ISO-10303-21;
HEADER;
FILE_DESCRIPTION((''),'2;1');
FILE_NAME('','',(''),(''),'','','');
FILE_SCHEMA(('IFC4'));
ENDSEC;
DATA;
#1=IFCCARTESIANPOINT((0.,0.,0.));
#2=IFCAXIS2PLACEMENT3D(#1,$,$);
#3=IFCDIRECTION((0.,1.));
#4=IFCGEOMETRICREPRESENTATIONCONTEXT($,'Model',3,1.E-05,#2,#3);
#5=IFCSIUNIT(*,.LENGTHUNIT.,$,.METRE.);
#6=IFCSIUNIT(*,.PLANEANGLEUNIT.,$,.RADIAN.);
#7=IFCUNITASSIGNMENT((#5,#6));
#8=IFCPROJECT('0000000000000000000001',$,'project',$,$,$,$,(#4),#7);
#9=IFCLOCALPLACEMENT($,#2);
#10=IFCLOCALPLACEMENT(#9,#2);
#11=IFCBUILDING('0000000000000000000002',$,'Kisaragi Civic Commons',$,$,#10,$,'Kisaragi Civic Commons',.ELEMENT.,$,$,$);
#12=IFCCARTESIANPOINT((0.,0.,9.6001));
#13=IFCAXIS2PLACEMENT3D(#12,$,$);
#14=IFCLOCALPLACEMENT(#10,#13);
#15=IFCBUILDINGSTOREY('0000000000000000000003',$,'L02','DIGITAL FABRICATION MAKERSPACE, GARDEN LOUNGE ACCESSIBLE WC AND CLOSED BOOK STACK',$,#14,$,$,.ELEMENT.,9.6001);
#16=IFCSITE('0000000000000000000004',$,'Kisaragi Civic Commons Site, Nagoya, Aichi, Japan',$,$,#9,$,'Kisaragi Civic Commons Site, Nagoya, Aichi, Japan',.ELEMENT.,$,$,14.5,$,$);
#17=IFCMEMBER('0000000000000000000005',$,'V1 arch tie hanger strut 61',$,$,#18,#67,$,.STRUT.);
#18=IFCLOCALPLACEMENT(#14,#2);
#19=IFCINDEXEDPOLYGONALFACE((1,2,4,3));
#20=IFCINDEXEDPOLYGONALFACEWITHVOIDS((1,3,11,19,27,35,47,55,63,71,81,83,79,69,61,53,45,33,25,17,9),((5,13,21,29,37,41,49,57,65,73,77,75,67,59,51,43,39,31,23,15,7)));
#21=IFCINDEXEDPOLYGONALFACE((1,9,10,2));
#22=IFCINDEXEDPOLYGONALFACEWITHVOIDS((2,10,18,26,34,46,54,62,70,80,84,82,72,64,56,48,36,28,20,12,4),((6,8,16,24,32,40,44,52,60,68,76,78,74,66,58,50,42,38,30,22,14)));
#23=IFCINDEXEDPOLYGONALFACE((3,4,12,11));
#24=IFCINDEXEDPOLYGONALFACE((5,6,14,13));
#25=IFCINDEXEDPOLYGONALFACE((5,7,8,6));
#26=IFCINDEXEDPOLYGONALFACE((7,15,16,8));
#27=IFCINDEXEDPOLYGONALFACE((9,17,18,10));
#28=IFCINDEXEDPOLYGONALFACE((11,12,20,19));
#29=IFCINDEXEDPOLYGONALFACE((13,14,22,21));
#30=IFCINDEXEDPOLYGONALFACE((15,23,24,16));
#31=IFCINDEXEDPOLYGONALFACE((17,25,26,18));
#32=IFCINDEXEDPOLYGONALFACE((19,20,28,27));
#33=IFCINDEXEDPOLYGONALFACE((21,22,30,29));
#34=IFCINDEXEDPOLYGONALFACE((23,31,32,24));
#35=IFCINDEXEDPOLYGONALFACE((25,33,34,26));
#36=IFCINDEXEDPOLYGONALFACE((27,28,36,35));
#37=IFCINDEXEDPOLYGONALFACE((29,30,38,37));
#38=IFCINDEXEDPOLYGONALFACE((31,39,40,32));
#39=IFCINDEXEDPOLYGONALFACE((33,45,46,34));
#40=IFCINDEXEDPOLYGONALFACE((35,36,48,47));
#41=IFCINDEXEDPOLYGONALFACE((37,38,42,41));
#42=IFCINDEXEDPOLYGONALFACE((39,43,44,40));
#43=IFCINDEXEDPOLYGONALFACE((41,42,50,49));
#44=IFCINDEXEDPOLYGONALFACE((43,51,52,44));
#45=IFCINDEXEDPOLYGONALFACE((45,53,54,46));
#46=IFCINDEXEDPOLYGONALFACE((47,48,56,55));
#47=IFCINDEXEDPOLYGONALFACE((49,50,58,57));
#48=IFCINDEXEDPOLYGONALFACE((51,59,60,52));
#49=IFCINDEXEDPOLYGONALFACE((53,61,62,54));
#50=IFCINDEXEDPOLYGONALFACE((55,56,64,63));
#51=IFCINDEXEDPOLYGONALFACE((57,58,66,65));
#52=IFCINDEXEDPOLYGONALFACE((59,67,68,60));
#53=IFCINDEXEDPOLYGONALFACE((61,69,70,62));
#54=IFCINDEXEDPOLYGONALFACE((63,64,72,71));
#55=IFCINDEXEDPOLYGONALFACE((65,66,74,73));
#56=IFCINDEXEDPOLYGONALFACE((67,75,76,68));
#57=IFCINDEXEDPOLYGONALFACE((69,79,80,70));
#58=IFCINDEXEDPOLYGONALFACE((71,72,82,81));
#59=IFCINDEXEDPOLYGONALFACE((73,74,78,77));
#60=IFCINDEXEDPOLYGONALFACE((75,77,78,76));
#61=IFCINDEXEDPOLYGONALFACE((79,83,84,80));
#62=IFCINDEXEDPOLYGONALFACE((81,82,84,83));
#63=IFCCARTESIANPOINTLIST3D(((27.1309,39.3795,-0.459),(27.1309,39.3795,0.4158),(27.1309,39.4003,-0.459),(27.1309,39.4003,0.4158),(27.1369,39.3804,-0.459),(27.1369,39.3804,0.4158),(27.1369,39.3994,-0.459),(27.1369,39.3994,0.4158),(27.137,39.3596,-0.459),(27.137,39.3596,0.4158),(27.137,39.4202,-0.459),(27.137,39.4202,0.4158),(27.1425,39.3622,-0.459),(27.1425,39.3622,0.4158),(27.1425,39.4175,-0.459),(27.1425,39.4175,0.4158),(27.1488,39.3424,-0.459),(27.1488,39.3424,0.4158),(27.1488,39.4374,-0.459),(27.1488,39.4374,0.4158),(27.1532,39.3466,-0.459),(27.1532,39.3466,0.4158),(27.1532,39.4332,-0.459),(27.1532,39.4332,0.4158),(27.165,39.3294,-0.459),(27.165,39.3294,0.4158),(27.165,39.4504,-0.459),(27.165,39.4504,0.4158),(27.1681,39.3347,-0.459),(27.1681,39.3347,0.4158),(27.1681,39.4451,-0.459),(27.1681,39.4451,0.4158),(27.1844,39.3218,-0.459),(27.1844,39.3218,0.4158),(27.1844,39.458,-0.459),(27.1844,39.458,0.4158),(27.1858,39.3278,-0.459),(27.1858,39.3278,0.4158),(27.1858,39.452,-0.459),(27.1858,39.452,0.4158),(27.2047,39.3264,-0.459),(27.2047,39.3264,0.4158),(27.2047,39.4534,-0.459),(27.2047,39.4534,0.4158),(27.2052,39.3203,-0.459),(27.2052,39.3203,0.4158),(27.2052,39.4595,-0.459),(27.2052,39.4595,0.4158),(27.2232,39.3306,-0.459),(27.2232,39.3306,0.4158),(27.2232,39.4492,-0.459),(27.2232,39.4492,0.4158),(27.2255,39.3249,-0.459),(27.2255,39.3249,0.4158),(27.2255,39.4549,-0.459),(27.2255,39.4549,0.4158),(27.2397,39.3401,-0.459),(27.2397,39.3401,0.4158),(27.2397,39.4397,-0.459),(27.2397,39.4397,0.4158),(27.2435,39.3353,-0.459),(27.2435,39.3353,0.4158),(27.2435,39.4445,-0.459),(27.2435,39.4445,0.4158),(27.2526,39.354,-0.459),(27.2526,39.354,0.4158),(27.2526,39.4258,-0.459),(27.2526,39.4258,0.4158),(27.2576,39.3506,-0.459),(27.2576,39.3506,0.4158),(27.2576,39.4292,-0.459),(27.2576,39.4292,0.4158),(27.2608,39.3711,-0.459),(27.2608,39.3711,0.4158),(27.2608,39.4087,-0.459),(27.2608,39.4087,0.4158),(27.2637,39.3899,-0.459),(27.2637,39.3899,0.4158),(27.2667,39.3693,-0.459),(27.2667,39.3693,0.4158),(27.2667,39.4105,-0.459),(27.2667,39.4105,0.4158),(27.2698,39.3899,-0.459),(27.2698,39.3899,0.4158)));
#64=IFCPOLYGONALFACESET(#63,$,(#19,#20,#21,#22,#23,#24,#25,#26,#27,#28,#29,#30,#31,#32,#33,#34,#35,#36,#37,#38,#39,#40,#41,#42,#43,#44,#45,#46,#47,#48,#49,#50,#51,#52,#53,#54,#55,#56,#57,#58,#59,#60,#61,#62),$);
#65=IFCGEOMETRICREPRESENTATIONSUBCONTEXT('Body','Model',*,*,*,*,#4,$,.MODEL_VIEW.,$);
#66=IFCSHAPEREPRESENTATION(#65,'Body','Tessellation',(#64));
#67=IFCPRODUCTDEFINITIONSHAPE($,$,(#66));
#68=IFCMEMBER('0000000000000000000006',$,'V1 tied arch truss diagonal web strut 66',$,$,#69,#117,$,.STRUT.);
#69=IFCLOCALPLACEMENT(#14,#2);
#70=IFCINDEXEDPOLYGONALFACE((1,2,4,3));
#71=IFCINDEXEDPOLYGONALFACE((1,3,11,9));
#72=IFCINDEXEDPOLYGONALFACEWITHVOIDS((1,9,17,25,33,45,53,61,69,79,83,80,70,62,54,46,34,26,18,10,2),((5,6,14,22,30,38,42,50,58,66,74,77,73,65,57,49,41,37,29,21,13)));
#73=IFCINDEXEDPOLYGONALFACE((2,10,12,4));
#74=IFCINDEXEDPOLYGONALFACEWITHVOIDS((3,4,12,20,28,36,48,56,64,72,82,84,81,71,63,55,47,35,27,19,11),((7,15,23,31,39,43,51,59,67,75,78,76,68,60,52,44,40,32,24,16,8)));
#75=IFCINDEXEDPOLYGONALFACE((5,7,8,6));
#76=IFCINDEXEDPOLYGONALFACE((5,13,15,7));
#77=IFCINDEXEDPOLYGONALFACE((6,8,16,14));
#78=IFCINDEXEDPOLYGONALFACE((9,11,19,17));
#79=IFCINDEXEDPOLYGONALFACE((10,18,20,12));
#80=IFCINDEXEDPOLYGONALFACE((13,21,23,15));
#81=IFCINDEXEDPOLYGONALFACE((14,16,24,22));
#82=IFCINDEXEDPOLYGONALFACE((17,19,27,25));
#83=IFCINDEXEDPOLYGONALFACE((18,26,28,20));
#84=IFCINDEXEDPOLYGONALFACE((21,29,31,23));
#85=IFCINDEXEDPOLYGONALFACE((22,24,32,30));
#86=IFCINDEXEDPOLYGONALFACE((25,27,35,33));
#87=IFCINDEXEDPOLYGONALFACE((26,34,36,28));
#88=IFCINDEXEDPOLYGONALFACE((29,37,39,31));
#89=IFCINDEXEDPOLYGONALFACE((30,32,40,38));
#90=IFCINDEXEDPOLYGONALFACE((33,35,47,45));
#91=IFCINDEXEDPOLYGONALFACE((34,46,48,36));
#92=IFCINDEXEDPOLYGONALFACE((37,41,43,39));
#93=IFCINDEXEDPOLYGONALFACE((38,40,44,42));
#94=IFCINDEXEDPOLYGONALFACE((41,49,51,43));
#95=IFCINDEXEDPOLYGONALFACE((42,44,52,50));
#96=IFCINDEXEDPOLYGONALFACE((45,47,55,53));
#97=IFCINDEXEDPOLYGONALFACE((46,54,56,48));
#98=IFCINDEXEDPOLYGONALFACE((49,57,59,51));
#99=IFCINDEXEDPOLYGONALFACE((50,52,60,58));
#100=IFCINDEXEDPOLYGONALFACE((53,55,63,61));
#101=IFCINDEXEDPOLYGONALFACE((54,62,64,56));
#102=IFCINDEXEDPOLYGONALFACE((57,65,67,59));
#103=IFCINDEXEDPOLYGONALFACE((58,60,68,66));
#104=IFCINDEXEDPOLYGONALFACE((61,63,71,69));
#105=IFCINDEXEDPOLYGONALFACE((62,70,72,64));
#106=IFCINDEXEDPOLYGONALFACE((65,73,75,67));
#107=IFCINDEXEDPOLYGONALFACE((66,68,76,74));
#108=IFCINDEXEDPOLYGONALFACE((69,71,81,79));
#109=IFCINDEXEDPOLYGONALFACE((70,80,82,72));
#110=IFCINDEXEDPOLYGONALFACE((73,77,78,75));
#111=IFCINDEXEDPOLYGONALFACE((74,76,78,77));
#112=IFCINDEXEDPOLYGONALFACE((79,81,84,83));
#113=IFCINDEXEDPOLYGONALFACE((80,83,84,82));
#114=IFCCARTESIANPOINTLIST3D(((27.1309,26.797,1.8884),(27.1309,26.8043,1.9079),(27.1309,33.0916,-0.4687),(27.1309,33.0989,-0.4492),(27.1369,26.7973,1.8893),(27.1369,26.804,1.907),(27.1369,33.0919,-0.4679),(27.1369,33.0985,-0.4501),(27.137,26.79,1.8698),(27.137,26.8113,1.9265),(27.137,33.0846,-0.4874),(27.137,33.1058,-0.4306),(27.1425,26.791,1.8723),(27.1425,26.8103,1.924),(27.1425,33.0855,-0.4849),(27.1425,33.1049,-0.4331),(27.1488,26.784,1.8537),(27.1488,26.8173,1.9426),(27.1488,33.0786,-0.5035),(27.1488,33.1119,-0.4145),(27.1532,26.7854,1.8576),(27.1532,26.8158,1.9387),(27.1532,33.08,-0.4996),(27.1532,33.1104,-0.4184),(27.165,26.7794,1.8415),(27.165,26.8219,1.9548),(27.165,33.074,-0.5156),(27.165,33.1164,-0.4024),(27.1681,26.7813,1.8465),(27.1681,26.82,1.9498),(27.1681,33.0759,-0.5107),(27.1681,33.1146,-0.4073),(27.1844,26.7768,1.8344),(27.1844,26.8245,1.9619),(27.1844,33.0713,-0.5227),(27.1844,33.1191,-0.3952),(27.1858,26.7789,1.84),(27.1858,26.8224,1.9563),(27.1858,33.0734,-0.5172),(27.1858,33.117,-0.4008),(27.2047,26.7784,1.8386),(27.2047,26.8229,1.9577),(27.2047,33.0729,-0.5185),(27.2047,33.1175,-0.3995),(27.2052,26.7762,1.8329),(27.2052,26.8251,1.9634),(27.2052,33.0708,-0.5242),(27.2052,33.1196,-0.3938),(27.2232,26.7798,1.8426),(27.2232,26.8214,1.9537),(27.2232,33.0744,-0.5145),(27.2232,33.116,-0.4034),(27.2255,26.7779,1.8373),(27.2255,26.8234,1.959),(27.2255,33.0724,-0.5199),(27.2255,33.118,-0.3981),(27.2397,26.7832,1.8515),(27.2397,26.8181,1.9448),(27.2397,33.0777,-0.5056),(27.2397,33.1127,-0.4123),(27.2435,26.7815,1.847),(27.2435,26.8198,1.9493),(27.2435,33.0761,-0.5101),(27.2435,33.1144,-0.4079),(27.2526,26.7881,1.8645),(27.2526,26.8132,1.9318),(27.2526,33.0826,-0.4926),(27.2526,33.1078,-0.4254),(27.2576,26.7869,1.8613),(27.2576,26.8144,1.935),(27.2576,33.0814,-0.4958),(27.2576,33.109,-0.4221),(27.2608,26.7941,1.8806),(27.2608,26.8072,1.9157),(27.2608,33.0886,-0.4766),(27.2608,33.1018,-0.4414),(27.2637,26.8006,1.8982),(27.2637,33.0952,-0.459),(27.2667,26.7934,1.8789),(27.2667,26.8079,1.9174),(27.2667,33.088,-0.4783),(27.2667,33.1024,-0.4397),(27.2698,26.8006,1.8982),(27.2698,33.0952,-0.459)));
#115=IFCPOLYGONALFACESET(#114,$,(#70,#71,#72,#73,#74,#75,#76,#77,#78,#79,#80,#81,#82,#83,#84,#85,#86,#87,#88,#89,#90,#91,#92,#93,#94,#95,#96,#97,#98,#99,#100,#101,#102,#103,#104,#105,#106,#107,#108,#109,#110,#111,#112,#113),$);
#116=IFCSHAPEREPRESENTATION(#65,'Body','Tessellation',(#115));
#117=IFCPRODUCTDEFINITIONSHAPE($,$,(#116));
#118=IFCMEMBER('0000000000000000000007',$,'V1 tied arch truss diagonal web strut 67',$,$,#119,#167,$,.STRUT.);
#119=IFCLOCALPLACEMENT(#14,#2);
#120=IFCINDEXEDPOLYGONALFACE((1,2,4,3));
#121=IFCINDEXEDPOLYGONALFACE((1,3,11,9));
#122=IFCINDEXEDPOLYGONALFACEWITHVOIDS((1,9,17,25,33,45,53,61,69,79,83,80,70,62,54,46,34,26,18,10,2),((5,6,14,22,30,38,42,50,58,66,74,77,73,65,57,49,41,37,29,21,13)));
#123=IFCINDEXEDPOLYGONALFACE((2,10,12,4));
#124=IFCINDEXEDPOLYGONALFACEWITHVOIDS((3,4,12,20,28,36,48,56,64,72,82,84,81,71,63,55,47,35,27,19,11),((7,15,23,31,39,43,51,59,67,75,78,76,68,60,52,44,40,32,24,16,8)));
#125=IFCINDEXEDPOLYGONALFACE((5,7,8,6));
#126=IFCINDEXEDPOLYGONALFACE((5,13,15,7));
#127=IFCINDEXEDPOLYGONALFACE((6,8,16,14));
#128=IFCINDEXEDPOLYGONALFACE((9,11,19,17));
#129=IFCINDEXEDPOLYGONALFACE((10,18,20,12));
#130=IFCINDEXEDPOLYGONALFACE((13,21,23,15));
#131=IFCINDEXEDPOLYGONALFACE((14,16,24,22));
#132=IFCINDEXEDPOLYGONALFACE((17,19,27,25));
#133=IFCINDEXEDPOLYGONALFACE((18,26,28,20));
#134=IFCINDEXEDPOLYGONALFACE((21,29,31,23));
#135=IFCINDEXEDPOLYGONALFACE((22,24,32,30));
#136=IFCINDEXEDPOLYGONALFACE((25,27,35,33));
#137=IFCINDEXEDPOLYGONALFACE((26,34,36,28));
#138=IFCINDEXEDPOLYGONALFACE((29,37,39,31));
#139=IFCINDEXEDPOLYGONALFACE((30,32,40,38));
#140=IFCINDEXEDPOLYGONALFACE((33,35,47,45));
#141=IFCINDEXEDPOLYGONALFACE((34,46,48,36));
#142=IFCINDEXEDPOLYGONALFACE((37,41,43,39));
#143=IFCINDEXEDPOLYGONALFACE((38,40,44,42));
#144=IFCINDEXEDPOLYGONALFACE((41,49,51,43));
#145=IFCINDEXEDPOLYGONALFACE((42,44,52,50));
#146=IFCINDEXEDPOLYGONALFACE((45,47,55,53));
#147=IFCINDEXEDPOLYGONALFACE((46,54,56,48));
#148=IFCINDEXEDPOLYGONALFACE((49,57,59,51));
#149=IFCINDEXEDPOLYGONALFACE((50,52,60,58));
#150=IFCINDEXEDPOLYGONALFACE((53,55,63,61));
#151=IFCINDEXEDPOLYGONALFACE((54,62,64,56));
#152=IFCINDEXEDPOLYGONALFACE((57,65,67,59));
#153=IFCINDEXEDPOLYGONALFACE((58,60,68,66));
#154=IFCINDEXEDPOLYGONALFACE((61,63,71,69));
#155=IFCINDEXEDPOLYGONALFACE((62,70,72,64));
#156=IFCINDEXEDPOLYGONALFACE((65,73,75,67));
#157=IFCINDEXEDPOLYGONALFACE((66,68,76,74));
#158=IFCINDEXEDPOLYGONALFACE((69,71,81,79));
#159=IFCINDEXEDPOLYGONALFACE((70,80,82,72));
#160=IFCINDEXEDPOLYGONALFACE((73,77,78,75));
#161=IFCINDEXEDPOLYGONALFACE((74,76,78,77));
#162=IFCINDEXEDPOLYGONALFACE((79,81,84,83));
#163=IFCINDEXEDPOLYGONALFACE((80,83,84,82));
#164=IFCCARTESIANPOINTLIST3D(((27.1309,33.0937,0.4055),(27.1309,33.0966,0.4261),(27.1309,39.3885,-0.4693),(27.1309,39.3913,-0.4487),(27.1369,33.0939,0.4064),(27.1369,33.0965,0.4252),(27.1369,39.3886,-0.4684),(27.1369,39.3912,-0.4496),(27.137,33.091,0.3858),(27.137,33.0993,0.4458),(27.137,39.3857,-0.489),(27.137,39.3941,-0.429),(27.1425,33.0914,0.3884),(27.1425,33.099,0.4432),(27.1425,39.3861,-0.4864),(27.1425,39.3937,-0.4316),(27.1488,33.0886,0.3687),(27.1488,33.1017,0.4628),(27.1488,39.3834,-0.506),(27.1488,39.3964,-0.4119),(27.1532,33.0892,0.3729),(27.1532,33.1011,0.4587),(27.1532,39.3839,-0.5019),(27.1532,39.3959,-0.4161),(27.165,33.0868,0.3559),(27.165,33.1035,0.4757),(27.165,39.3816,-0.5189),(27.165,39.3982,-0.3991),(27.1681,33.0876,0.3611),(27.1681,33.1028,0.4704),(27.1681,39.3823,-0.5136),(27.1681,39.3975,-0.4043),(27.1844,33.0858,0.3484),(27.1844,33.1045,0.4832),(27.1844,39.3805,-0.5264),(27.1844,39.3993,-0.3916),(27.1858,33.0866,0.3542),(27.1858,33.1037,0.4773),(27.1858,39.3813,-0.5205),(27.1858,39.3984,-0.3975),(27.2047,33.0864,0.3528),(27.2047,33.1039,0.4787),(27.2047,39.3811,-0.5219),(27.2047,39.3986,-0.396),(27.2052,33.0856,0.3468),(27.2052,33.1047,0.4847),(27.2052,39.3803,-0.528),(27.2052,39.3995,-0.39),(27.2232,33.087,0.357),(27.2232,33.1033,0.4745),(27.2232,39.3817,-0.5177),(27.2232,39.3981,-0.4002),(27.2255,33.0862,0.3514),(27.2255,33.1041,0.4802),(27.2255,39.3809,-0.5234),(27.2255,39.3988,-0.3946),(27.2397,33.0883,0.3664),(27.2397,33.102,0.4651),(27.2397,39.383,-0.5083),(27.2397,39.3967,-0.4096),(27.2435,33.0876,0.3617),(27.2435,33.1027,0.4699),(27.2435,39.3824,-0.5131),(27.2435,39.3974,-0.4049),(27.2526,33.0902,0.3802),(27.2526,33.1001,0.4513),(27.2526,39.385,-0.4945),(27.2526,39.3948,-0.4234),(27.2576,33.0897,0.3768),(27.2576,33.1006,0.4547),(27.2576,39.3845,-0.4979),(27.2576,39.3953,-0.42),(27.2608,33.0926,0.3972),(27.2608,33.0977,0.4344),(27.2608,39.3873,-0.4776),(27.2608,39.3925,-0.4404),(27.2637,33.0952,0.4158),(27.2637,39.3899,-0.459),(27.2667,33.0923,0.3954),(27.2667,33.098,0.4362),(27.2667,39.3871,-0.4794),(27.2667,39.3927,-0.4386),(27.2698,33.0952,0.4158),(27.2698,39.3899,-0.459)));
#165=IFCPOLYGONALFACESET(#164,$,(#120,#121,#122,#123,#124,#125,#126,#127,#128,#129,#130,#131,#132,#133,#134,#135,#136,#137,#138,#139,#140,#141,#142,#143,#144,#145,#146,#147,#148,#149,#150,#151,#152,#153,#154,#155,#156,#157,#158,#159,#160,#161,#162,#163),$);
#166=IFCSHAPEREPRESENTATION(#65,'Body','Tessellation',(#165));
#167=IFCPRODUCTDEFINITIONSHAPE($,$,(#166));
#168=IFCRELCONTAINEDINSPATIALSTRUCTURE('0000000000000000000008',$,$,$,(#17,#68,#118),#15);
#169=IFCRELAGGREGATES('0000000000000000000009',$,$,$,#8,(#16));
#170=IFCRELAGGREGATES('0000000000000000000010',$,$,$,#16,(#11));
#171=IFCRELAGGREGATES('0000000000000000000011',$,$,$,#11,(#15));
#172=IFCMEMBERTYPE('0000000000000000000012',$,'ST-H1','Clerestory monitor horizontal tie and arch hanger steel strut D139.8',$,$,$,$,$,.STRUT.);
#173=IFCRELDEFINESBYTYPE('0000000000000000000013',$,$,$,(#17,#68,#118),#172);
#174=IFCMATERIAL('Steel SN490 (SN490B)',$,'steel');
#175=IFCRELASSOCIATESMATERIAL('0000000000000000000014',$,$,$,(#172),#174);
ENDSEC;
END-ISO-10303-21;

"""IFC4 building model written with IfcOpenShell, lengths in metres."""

from ifc_helpers import new_model, si_unit, direction, frame, origin, origin_2d, place, context, subcontext, project, spatial, hollow_circle, extrude, material, material_profile, profile_set, type_object, element, save


model = new_model("IFC4")

# Units and contexts
model_context = context("Model", 3, precision=1e-05, world=origin(), true_north=direction((0.0, 1.0)))
body_context = subcontext(model_context, "Body", "Model", "MODEL_VIEW")
ifc_project = project(units=[si_unit("LENGTHUNIT", "METRE"), si_unit("PLANEANGLEUNIT", "RADIAN")], contexts=[model_context])

# Site, building, storey
site_placement = place(None, origin())
site = spatial("IfcSite", under=ifc_project, at=site_placement, Name="Kisaragi Civic Commons Site, Nagoya, Aichi, Japan", LongName="Kisaragi Civic Commons Site, Nagoya, Aichi, Japan", CompositionType="ELEMENT", RefElevation=14.5)
building_placement = place(site_placement, origin())
building = spatial("IfcBuilding", under=site, at=building_placement, Name="Kisaragi Civic Commons", LongName="Kisaragi Civic Commons", CompositionType="ELEMENT")
storey_placement = place(building_placement, frame((0.0, 0.0, 9.6001)))
storey = spatial("IfcBuildingStorey", under=building, at=storey_placement, Name="L02", Description="DIGITAL FABRICATION MAKERSPACE, GARDEN LOUNGE ACCESSIBLE WC AND CLOSED BOOK STACK", CompositionType="ELEMENT", Elevation=9.6001)

# Members
ifc_material_1 = material(Name="Steel SN490 (SN490B)", Category="steel")
ifc_material_profile_1 = material_profile(ifc_material_1, hollow_circle(Radius=0.0698, WallThickness=0.0061, at=origin_2d()), Name="CHS-139.8x6.0", Category="steel")
ifc_profile_set_1 = profile_set([ifc_material_profile_1], Name="Steel SN490 (SN490B)")
member_type_1 = type_object("IfcMemberType", Name="ST-H1", Description="Clerestory monitor horizontal tie and arch hanger steel strut D139.8", PredefinedType="STRUT", material=ifc_profile_set_1)
for number, where, z_axis, x_axis, name in (
    (1, (27.2, 39.3899, -0.459), (0.0, 0.0, 1.0), (1.0, 0.0, 0.0), "V1 arch tie hanger strut 61"),
):
    element("IfcMember", number, at=place(storey_placement, frame(where, z_axis=z_axis, x_axis=x_axis)), inside=storey, type_object=member_type_1, Name=name, PredefinedType="STRUT", context=body_context, shape_type="SweptSolid", body=[
        extrude(hollow_circle(Radius=0.0698, WallThickness=0.0061, at=origin_2d()), origin(), (0.0, 0.0, 1.0), 0.8748),
    ])
member_1_placement = place(storey_placement, frame((27.2, 33.0952, -0.459), z_axis=(0.0, -0.936492, 0.35069), x_axis=(1.0, 0.0, 0.0)))
element("IfcMember", 2, at=member_1_placement, inside=storey, type_object=member_type_1, Name="V1 tied arch truss diagonal web strut 66", PredefinedType="STRUT", context=body_context, shape_type="SweptSolid", body=[
    extrude(hollow_circle(Radius=0.0698, WallThickness=0.0061, at=origin_2d()), origin(), (0.0, 0.0, 1.0), 6.7214),
])
member_2_placement = place(storey_placement, frame((27.2, 39.3899, -0.459), z_axis=(0.0, -0.990482, 0.137645), x_axis=(1.0, 0.0, 0.0)))
element("IfcMember", 3, at=member_2_placement, inside=storey, type_object=member_type_1, Name="V1 tied arch truss diagonal web strut 67", PredefinedType="STRUT", context=body_context, shape_type="SweptSolid", body=[
    extrude(hollow_circle(Radius=0.0698, WallThickness=0.0061, at=origin_2d()), origin(), (0.0, 0.0, 1.0), 6.3552),
])

save(model, "model.ifc")
